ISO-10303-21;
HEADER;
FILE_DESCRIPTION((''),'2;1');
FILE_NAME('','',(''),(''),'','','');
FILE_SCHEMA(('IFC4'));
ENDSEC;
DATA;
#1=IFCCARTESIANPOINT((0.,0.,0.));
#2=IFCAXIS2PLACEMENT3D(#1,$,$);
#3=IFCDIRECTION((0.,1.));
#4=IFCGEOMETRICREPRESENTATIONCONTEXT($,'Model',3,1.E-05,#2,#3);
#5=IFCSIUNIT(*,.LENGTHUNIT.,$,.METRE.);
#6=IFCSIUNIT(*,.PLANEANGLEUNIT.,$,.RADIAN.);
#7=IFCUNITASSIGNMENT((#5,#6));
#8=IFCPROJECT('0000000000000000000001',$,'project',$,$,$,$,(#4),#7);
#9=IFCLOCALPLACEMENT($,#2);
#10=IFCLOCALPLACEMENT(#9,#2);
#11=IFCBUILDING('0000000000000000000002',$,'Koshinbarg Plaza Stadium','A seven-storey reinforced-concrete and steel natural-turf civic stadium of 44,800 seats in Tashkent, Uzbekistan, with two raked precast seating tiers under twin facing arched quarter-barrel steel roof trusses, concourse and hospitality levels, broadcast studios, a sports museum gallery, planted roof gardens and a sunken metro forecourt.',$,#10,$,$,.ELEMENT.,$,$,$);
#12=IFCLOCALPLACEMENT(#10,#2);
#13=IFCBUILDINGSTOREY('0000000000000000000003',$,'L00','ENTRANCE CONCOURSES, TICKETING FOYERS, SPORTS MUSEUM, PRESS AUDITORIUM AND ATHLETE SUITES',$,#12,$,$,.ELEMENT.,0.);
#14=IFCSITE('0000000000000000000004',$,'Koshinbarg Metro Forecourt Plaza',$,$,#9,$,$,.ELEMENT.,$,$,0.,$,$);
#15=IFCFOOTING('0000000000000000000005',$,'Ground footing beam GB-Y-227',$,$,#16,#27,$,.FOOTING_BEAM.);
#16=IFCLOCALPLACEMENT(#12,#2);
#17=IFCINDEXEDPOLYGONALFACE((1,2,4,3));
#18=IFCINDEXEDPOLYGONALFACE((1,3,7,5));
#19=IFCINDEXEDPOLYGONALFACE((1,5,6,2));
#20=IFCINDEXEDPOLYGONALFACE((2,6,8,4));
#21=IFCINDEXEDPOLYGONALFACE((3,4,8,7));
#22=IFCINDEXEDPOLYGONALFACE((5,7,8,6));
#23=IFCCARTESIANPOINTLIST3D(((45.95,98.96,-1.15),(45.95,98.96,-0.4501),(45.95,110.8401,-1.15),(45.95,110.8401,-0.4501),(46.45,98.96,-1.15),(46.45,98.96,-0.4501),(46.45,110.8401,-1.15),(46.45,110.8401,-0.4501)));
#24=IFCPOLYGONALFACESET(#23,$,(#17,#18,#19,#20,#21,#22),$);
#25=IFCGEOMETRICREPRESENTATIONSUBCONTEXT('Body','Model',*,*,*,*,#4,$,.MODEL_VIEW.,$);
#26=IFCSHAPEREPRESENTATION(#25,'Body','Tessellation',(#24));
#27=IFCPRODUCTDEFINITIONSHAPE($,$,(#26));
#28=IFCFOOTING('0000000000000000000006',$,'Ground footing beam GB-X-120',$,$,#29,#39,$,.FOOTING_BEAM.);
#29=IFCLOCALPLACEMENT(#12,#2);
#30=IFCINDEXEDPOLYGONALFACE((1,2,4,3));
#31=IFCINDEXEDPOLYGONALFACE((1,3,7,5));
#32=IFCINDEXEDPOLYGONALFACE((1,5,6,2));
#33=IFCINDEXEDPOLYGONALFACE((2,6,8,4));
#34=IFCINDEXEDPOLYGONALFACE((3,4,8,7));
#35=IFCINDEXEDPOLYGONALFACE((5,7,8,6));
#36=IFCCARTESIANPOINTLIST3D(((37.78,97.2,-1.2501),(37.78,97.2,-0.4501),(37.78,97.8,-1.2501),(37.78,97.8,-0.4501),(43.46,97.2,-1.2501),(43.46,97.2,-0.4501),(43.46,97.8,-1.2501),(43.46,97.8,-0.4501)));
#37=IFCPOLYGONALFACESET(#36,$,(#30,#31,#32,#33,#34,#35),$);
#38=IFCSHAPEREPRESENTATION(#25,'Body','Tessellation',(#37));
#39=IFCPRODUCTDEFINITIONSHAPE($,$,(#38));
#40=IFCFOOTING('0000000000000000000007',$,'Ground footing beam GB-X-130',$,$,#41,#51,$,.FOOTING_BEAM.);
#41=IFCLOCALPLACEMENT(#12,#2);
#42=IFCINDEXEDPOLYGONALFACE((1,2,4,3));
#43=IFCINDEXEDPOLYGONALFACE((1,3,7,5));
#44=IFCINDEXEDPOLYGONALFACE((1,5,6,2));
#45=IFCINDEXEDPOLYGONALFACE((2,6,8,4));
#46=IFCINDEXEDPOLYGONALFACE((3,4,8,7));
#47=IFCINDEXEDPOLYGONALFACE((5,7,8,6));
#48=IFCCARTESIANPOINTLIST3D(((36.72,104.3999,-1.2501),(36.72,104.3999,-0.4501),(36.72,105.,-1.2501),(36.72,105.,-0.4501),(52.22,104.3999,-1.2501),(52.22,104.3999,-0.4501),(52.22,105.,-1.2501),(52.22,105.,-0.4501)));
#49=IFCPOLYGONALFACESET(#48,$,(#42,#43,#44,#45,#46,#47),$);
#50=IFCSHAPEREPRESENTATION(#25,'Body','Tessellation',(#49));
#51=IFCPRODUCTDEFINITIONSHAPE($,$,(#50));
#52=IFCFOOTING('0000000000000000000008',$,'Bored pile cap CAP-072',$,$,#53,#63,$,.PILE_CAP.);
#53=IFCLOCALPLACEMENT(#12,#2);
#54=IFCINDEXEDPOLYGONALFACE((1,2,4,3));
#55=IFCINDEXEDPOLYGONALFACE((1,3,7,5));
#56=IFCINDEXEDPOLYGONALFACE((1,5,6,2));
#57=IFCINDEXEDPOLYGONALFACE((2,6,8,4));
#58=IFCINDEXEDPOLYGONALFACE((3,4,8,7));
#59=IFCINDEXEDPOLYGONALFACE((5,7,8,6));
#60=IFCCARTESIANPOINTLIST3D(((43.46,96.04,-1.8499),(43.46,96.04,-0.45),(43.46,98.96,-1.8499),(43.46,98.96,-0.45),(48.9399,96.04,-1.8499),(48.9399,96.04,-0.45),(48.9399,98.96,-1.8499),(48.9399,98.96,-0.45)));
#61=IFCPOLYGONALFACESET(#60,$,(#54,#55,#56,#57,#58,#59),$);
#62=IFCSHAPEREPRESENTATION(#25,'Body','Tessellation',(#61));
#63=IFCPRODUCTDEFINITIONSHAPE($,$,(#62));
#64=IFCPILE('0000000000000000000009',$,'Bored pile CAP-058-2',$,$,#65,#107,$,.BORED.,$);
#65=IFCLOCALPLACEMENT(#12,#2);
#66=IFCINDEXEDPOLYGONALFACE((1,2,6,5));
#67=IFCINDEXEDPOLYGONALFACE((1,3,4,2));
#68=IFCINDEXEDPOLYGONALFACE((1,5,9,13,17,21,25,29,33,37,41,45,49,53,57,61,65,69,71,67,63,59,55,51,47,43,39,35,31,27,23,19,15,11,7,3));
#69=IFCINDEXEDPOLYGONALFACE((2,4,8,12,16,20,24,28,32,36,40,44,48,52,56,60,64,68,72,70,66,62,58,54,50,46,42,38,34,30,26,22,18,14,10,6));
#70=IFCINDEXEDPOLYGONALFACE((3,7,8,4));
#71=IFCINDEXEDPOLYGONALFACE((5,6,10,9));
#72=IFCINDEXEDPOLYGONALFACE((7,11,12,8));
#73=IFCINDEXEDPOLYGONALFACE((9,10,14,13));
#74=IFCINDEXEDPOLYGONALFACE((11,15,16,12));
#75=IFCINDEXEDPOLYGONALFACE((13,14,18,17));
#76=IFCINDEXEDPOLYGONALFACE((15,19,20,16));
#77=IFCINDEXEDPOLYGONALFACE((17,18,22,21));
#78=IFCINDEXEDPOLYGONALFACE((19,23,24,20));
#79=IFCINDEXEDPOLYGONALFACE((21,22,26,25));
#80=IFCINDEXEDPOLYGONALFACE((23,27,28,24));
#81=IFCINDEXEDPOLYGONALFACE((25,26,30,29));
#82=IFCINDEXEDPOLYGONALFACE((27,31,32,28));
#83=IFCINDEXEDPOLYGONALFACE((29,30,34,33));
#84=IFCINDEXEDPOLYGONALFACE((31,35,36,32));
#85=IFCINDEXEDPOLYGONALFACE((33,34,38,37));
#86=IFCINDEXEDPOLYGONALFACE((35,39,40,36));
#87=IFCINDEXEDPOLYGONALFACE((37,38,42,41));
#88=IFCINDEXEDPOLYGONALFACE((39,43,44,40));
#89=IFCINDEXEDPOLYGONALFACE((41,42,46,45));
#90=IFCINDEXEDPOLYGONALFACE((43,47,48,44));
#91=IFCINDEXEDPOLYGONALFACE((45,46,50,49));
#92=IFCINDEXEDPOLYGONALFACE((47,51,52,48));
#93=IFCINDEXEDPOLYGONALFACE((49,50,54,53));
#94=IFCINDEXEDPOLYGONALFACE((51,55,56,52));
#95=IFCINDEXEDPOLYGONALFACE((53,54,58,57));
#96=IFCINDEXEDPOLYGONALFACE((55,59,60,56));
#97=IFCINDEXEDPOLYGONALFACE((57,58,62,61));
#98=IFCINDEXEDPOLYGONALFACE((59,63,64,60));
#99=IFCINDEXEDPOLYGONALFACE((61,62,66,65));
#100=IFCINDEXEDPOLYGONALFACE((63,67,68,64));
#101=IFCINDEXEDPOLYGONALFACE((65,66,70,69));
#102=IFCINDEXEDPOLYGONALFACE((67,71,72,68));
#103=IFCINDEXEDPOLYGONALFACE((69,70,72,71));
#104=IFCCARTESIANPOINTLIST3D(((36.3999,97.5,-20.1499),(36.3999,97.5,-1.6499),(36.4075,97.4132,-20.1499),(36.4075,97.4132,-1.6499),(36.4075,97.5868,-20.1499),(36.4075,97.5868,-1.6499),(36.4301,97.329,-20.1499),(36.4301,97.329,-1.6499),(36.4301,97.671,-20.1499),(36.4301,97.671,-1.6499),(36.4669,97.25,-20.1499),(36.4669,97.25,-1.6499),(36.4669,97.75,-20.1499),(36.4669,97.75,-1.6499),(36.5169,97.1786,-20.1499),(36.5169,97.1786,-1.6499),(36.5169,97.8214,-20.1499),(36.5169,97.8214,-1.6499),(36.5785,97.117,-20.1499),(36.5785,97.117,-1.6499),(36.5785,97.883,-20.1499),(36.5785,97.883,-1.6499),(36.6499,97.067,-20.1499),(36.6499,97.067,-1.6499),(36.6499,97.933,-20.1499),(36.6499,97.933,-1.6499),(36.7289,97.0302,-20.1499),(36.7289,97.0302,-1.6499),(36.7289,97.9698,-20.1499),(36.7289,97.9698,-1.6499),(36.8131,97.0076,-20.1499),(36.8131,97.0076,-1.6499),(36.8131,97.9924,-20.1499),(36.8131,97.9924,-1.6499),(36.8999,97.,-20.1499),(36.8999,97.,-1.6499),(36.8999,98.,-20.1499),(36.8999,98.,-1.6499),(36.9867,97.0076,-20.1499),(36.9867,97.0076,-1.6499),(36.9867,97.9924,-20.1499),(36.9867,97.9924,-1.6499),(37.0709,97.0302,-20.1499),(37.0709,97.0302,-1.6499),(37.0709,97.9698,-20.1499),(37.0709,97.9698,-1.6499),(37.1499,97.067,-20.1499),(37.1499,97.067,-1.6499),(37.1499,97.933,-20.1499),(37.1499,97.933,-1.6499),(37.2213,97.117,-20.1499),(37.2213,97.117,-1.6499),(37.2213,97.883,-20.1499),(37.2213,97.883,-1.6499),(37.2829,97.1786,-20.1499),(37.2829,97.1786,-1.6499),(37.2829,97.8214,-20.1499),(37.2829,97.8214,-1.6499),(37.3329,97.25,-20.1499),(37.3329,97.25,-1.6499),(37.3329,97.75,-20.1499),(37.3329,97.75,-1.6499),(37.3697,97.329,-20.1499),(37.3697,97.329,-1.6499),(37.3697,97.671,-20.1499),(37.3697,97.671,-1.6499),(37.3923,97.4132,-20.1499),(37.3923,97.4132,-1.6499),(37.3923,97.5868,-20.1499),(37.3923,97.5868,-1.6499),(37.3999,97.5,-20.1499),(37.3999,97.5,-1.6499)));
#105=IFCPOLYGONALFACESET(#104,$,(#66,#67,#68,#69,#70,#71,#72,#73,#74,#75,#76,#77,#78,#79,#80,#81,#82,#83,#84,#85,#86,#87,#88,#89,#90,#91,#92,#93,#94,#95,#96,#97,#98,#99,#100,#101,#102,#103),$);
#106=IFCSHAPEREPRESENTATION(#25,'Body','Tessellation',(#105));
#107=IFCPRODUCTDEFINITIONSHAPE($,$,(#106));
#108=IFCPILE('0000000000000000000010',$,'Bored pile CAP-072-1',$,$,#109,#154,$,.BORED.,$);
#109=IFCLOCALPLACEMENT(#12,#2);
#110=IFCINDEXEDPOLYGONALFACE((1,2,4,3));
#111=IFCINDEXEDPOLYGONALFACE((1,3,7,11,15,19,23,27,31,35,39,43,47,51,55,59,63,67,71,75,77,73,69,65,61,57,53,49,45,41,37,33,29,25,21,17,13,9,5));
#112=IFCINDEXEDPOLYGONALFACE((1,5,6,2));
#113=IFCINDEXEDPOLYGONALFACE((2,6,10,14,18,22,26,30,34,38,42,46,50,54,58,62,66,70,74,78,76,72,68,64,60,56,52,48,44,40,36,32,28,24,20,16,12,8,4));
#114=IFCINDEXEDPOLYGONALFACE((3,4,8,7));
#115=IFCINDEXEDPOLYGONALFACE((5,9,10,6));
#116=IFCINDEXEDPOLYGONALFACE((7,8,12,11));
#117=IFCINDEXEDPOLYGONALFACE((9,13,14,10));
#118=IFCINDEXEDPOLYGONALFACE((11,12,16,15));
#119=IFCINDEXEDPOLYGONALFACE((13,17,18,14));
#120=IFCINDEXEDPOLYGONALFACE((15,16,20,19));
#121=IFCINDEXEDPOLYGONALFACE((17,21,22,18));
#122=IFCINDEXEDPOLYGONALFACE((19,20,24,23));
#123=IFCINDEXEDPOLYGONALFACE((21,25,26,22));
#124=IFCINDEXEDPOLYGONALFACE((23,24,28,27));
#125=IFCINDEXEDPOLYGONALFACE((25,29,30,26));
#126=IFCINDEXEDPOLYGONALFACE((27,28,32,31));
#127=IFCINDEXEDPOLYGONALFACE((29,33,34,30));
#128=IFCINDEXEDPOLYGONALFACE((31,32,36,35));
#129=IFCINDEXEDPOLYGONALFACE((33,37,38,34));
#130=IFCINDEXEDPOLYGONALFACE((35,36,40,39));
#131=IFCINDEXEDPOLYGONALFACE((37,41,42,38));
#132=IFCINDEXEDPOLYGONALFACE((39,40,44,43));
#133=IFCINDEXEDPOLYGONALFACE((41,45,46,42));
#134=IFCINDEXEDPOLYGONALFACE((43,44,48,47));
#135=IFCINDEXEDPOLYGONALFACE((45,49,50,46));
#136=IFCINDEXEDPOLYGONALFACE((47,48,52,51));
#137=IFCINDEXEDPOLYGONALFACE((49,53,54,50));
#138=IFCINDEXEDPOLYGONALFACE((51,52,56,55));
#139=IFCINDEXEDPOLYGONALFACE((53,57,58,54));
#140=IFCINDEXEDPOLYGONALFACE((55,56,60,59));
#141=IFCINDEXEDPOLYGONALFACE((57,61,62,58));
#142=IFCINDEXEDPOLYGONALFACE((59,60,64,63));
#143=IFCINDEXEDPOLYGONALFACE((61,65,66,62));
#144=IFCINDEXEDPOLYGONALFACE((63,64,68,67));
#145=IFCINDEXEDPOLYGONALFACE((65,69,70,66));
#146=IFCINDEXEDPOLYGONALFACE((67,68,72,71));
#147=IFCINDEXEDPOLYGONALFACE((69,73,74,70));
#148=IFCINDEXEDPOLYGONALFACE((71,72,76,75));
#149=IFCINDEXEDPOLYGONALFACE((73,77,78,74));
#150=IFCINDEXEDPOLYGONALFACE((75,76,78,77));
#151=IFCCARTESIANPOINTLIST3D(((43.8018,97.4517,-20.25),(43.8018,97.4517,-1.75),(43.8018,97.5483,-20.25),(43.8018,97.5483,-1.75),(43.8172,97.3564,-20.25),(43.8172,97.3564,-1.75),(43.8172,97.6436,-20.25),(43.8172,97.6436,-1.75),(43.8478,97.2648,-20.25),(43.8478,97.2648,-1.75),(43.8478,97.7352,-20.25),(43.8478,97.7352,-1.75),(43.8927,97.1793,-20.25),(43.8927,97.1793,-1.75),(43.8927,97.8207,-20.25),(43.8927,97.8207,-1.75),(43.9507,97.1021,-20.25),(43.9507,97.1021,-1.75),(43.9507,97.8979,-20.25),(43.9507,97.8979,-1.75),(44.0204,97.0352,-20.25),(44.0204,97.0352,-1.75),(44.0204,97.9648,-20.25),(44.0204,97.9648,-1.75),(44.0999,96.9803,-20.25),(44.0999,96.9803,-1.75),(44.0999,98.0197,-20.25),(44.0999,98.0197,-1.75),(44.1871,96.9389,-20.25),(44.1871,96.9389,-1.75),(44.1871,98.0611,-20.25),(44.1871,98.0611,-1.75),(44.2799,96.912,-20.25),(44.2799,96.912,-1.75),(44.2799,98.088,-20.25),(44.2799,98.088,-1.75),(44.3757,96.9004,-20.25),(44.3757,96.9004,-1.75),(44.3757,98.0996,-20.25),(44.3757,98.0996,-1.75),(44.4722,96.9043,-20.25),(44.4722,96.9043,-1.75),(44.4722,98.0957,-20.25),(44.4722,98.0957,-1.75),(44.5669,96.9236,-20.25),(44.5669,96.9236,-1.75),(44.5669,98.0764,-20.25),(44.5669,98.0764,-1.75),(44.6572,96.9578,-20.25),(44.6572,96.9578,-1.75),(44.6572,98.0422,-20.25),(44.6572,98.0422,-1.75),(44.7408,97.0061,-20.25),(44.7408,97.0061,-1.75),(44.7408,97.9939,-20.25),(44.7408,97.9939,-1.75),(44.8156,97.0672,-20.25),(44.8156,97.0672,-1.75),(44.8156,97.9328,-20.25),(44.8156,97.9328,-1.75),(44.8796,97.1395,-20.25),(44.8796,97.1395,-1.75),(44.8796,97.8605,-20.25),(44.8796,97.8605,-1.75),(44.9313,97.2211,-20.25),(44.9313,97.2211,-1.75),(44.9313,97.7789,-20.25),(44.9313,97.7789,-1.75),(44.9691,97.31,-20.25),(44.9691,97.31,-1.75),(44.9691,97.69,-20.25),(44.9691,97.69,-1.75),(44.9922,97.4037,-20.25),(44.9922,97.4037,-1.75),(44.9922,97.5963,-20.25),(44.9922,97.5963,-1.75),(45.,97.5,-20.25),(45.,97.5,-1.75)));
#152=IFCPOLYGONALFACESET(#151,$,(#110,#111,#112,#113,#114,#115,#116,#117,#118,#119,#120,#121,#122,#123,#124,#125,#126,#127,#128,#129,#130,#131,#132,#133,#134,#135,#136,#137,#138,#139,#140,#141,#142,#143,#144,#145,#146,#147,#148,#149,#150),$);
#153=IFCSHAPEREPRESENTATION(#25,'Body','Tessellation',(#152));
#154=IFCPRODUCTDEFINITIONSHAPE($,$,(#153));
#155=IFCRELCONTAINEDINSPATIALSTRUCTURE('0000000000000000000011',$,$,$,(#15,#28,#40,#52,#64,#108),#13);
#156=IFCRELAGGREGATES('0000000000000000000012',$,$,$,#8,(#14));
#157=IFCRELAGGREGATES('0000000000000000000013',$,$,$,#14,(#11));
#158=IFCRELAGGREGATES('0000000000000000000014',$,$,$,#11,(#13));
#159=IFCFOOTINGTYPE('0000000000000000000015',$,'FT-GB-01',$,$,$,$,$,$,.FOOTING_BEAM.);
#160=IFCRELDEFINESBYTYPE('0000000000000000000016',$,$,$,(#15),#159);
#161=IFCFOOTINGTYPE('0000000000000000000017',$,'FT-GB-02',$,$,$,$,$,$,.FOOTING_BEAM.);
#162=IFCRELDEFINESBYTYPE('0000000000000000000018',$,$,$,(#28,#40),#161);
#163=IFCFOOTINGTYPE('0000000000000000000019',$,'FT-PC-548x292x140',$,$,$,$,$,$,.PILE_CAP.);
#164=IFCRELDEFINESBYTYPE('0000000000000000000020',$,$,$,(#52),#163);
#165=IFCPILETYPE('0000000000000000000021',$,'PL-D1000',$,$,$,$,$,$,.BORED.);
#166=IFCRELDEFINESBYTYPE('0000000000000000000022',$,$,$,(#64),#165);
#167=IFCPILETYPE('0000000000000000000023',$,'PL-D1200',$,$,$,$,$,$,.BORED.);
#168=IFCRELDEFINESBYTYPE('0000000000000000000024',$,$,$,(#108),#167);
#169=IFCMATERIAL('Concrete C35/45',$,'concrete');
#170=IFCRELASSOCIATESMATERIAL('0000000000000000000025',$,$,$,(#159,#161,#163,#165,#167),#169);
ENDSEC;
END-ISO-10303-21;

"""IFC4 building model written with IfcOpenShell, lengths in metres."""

from ifc_helpers import new_model, si_unit, direction, frame, origin, origin_2d, place, context, subcontext, project, spatial, rectangle, circle, extrude, material, material_profile, profile_set, type_object, element, save


model = new_model("IFC4")

# Units and contexts
model_context = context("Model", 3, precision=1e-05, world=origin(), true_north=direction((0.0, 1.0)))
body_context = subcontext(model_context, "Body", "Model", "MODEL_VIEW")
ifc_project = project(units=[si_unit("LENGTHUNIT", "METRE"), si_unit("PLANEANGLEUNIT", "RADIAN")], contexts=[model_context])

# Site, building, storey
site_placement = place(None, origin())
site = spatial("IfcSite", under=ifc_project, at=site_placement, Name="Koshinbarg Metro Forecourt Plaza", CompositionType="ELEMENT", RefElevation=0.0)
building_placement = place(site_placement, origin())
building = spatial("IfcBuilding", under=site, at=building_placement, Name="Koshinbarg Plaza Stadium", Description="A seven-storey reinforced-concrete and steel natural-turf civic stadium of 44,800 seats in Tashkent, Uzbekistan, with two raked precast seating tiers under twin facing arched quarter-barrel steel roof trusses, concourse and hospitality levels, broadcast studios, a sports museum gallery, planted roof gardens and a sunken metro forecourt.", CompositionType="ELEMENT")
storey_placement = place(building_placement, origin())
storey = spatial("IfcBuildingStorey", under=building, at=storey_placement, Name="L00", Description="ENTRANCE CONCOURSES, TICKETING FOYERS, SPORTS MUSEUM, PRESS AUDITORIUM AND ATHLETE SUITES", CompositionType="ELEMENT", Elevation=0.0)

# Footings
ifc_material_1 = material(Name="Concrete C35/45", Category="concrete")
ifc_material_profile_1 = material_profile(ifc_material_1, rectangle(XDim=0.5, YDim=0.7, at=origin_2d()), Name="GB 500x700")
ifc_profile_set_1 = profile_set([ifc_material_profile_1], Name="Concrete C35/45")
footing_type_1 = type_object("IfcFootingType", Name="FT-GB-01", PredefinedType="FOOTING_BEAM", material=ifc_profile_set_1)
footing_1_placement = place(storey_placement, frame((46.2, 98.96, -0.8), z_axis=(0.0, 1.0, 0.0), x_axis=(-1.0, 0.0, 0.0)))
element("IfcFooting", 1, at=footing_1_placement, inside=storey, type_object=footing_type_1, Name="Ground footing beam GB-Y-227", PredefinedType="FOOTING_BEAM", context=body_context, shape_type="SweptSolid", body=[
    extrude(rectangle(XDim=0.5, YDim=0.7, at=origin_2d()), origin(), (0.0, 0.0, 1.0), 11.8801),
])
ifc_material_profile_2 = material_profile(ifc_material_1, rectangle(XDim=0.6001, YDim=0.8, at=origin_2d()), Name="GB 600x800")
ifc_profile_set_2 = profile_set([ifc_material_profile_2], Name="Concrete C35/45")
footing_type_2 = type_object("IfcFootingType", Name="FT-GB-02", PredefinedType="FOOTING_BEAM", material=ifc_profile_set_2)
footing_2_placement = place(storey_placement, frame((37.78, 97.5, -0.8501), z_axis=(1.0, 0.0, 0.0), x_axis=(0.0, 1.0, 0.0)))
element("IfcFooting", 2, at=footing_2_placement, inside=storey, type_object=footing_type_2, Name="Ground footing beam GB-X-120", PredefinedType="FOOTING_BEAM", context=body_context, shape_type="SweptSolid", body=[
    extrude(rectangle(XDim=0.6001, YDim=0.8, at=origin_2d()), origin(), (0.0, 0.0, 1.0), 5.6799),
])
footing_3_placement = place(storey_placement, frame((36.72, 104.7, -0.8501), z_axis=(1.0, 0.0, 0.0), x_axis=(0.0, 1.0, 0.0)))
element("IfcFooting", 3, at=footing_3_placement, inside=storey, type_object=footing_type_2, Name="Ground footing beam GB-X-130", PredefinedType="FOOTING_BEAM", context=body_context, shape_type="SweptSolid", body=[
    extrude(rectangle(XDim=0.6001, YDim=0.8, at=origin_2d()), origin(), (0.0, 0.0, 1.0), 15.5),
])
footing_type_3 = type_object("IfcFootingType", Name="FT-PC-548x292x140", PredefinedType="PILE_CAP", material=ifc_material_1)
footing_4_placement = place(storey_placement, frame((46.2, 97.5, -1.8499), z_axis=(0.0, 0.0, 1.0), x_axis=(1.0, 0.0, 0.0)))
element("IfcFooting", 4, at=footing_4_placement, inside=storey, type_object=footing_type_3, Name="Bored pile cap CAP-072", PredefinedType="PILE_CAP", context=body_context, shape_type="SweptSolid", body=[
    extrude(rectangle(XDim=5.48, YDim=2.9199, at=origin_2d()), origin(), (0.0, 0.0, 1.0), 1.3999),
])

# Piles
ifc_material_profile_3 = material_profile(ifc_material_1, circle(Radius=0.5, at=origin_2d()), Name="PILE D1000")
ifc_profile_set_3 = profile_set([ifc_material_profile_3], Name="Concrete C35/45")
pile_type_1 = type_object("IfcPileType", Name="PL-D1000", PredefinedType="BORED", material=ifc_profile_set_3)
pile_placement = place(storey_placement, frame((36.8999, 97.5, -1.6499), z_axis=(0.0, 0.0, -1.0), x_axis=(1.0, 0.0, 0.0)))
element("IfcPile", 5, at=pile_placement, inside=storey, type_object=pile_type_1, Name="Bored pile CAP-058-2", PredefinedType="BORED", context=body_context, shape_type="SweptSolid", body=[
    extrude(circle(Radius=0.5, at=origin_2d()), origin(), (0.0, 0.0, 1.0), 18.5),
])
ifc_material_profile_4 = material_profile(ifc_material_1, circle(Radius=0.6001, at=origin_2d()), Name="PILE D1200")
ifc_profile_set_4 = profile_set([ifc_material_profile_4], Name="Concrete C35/45")
pile_type_2 = type_object("IfcPileType", Name="PL-D1200", PredefinedType="BORED", material=ifc_profile_set_4)
for number, where, z_axis, x_axis, name in (
    (6, (44.3999, 97.5, -1.75), (0.0, 0.0, -1.0), (1.0, 0.0, 0.0), "Bored pile CAP-072-1"),
):
    element("IfcPile", number, at=place(storey_placement, frame(where, z_axis=z_axis, x_axis=x_axis)), inside=storey, type_object=pile_type_2, Name=name, PredefinedType="BORED", context=body_context, shape_type="SweptSolid", body=[
        extrude(circle(Radius=0.6001, at=origin_2d()), origin(), (0.0, 0.0, 1.0), 18.5),
    ])

save(model, "model.ifc")
